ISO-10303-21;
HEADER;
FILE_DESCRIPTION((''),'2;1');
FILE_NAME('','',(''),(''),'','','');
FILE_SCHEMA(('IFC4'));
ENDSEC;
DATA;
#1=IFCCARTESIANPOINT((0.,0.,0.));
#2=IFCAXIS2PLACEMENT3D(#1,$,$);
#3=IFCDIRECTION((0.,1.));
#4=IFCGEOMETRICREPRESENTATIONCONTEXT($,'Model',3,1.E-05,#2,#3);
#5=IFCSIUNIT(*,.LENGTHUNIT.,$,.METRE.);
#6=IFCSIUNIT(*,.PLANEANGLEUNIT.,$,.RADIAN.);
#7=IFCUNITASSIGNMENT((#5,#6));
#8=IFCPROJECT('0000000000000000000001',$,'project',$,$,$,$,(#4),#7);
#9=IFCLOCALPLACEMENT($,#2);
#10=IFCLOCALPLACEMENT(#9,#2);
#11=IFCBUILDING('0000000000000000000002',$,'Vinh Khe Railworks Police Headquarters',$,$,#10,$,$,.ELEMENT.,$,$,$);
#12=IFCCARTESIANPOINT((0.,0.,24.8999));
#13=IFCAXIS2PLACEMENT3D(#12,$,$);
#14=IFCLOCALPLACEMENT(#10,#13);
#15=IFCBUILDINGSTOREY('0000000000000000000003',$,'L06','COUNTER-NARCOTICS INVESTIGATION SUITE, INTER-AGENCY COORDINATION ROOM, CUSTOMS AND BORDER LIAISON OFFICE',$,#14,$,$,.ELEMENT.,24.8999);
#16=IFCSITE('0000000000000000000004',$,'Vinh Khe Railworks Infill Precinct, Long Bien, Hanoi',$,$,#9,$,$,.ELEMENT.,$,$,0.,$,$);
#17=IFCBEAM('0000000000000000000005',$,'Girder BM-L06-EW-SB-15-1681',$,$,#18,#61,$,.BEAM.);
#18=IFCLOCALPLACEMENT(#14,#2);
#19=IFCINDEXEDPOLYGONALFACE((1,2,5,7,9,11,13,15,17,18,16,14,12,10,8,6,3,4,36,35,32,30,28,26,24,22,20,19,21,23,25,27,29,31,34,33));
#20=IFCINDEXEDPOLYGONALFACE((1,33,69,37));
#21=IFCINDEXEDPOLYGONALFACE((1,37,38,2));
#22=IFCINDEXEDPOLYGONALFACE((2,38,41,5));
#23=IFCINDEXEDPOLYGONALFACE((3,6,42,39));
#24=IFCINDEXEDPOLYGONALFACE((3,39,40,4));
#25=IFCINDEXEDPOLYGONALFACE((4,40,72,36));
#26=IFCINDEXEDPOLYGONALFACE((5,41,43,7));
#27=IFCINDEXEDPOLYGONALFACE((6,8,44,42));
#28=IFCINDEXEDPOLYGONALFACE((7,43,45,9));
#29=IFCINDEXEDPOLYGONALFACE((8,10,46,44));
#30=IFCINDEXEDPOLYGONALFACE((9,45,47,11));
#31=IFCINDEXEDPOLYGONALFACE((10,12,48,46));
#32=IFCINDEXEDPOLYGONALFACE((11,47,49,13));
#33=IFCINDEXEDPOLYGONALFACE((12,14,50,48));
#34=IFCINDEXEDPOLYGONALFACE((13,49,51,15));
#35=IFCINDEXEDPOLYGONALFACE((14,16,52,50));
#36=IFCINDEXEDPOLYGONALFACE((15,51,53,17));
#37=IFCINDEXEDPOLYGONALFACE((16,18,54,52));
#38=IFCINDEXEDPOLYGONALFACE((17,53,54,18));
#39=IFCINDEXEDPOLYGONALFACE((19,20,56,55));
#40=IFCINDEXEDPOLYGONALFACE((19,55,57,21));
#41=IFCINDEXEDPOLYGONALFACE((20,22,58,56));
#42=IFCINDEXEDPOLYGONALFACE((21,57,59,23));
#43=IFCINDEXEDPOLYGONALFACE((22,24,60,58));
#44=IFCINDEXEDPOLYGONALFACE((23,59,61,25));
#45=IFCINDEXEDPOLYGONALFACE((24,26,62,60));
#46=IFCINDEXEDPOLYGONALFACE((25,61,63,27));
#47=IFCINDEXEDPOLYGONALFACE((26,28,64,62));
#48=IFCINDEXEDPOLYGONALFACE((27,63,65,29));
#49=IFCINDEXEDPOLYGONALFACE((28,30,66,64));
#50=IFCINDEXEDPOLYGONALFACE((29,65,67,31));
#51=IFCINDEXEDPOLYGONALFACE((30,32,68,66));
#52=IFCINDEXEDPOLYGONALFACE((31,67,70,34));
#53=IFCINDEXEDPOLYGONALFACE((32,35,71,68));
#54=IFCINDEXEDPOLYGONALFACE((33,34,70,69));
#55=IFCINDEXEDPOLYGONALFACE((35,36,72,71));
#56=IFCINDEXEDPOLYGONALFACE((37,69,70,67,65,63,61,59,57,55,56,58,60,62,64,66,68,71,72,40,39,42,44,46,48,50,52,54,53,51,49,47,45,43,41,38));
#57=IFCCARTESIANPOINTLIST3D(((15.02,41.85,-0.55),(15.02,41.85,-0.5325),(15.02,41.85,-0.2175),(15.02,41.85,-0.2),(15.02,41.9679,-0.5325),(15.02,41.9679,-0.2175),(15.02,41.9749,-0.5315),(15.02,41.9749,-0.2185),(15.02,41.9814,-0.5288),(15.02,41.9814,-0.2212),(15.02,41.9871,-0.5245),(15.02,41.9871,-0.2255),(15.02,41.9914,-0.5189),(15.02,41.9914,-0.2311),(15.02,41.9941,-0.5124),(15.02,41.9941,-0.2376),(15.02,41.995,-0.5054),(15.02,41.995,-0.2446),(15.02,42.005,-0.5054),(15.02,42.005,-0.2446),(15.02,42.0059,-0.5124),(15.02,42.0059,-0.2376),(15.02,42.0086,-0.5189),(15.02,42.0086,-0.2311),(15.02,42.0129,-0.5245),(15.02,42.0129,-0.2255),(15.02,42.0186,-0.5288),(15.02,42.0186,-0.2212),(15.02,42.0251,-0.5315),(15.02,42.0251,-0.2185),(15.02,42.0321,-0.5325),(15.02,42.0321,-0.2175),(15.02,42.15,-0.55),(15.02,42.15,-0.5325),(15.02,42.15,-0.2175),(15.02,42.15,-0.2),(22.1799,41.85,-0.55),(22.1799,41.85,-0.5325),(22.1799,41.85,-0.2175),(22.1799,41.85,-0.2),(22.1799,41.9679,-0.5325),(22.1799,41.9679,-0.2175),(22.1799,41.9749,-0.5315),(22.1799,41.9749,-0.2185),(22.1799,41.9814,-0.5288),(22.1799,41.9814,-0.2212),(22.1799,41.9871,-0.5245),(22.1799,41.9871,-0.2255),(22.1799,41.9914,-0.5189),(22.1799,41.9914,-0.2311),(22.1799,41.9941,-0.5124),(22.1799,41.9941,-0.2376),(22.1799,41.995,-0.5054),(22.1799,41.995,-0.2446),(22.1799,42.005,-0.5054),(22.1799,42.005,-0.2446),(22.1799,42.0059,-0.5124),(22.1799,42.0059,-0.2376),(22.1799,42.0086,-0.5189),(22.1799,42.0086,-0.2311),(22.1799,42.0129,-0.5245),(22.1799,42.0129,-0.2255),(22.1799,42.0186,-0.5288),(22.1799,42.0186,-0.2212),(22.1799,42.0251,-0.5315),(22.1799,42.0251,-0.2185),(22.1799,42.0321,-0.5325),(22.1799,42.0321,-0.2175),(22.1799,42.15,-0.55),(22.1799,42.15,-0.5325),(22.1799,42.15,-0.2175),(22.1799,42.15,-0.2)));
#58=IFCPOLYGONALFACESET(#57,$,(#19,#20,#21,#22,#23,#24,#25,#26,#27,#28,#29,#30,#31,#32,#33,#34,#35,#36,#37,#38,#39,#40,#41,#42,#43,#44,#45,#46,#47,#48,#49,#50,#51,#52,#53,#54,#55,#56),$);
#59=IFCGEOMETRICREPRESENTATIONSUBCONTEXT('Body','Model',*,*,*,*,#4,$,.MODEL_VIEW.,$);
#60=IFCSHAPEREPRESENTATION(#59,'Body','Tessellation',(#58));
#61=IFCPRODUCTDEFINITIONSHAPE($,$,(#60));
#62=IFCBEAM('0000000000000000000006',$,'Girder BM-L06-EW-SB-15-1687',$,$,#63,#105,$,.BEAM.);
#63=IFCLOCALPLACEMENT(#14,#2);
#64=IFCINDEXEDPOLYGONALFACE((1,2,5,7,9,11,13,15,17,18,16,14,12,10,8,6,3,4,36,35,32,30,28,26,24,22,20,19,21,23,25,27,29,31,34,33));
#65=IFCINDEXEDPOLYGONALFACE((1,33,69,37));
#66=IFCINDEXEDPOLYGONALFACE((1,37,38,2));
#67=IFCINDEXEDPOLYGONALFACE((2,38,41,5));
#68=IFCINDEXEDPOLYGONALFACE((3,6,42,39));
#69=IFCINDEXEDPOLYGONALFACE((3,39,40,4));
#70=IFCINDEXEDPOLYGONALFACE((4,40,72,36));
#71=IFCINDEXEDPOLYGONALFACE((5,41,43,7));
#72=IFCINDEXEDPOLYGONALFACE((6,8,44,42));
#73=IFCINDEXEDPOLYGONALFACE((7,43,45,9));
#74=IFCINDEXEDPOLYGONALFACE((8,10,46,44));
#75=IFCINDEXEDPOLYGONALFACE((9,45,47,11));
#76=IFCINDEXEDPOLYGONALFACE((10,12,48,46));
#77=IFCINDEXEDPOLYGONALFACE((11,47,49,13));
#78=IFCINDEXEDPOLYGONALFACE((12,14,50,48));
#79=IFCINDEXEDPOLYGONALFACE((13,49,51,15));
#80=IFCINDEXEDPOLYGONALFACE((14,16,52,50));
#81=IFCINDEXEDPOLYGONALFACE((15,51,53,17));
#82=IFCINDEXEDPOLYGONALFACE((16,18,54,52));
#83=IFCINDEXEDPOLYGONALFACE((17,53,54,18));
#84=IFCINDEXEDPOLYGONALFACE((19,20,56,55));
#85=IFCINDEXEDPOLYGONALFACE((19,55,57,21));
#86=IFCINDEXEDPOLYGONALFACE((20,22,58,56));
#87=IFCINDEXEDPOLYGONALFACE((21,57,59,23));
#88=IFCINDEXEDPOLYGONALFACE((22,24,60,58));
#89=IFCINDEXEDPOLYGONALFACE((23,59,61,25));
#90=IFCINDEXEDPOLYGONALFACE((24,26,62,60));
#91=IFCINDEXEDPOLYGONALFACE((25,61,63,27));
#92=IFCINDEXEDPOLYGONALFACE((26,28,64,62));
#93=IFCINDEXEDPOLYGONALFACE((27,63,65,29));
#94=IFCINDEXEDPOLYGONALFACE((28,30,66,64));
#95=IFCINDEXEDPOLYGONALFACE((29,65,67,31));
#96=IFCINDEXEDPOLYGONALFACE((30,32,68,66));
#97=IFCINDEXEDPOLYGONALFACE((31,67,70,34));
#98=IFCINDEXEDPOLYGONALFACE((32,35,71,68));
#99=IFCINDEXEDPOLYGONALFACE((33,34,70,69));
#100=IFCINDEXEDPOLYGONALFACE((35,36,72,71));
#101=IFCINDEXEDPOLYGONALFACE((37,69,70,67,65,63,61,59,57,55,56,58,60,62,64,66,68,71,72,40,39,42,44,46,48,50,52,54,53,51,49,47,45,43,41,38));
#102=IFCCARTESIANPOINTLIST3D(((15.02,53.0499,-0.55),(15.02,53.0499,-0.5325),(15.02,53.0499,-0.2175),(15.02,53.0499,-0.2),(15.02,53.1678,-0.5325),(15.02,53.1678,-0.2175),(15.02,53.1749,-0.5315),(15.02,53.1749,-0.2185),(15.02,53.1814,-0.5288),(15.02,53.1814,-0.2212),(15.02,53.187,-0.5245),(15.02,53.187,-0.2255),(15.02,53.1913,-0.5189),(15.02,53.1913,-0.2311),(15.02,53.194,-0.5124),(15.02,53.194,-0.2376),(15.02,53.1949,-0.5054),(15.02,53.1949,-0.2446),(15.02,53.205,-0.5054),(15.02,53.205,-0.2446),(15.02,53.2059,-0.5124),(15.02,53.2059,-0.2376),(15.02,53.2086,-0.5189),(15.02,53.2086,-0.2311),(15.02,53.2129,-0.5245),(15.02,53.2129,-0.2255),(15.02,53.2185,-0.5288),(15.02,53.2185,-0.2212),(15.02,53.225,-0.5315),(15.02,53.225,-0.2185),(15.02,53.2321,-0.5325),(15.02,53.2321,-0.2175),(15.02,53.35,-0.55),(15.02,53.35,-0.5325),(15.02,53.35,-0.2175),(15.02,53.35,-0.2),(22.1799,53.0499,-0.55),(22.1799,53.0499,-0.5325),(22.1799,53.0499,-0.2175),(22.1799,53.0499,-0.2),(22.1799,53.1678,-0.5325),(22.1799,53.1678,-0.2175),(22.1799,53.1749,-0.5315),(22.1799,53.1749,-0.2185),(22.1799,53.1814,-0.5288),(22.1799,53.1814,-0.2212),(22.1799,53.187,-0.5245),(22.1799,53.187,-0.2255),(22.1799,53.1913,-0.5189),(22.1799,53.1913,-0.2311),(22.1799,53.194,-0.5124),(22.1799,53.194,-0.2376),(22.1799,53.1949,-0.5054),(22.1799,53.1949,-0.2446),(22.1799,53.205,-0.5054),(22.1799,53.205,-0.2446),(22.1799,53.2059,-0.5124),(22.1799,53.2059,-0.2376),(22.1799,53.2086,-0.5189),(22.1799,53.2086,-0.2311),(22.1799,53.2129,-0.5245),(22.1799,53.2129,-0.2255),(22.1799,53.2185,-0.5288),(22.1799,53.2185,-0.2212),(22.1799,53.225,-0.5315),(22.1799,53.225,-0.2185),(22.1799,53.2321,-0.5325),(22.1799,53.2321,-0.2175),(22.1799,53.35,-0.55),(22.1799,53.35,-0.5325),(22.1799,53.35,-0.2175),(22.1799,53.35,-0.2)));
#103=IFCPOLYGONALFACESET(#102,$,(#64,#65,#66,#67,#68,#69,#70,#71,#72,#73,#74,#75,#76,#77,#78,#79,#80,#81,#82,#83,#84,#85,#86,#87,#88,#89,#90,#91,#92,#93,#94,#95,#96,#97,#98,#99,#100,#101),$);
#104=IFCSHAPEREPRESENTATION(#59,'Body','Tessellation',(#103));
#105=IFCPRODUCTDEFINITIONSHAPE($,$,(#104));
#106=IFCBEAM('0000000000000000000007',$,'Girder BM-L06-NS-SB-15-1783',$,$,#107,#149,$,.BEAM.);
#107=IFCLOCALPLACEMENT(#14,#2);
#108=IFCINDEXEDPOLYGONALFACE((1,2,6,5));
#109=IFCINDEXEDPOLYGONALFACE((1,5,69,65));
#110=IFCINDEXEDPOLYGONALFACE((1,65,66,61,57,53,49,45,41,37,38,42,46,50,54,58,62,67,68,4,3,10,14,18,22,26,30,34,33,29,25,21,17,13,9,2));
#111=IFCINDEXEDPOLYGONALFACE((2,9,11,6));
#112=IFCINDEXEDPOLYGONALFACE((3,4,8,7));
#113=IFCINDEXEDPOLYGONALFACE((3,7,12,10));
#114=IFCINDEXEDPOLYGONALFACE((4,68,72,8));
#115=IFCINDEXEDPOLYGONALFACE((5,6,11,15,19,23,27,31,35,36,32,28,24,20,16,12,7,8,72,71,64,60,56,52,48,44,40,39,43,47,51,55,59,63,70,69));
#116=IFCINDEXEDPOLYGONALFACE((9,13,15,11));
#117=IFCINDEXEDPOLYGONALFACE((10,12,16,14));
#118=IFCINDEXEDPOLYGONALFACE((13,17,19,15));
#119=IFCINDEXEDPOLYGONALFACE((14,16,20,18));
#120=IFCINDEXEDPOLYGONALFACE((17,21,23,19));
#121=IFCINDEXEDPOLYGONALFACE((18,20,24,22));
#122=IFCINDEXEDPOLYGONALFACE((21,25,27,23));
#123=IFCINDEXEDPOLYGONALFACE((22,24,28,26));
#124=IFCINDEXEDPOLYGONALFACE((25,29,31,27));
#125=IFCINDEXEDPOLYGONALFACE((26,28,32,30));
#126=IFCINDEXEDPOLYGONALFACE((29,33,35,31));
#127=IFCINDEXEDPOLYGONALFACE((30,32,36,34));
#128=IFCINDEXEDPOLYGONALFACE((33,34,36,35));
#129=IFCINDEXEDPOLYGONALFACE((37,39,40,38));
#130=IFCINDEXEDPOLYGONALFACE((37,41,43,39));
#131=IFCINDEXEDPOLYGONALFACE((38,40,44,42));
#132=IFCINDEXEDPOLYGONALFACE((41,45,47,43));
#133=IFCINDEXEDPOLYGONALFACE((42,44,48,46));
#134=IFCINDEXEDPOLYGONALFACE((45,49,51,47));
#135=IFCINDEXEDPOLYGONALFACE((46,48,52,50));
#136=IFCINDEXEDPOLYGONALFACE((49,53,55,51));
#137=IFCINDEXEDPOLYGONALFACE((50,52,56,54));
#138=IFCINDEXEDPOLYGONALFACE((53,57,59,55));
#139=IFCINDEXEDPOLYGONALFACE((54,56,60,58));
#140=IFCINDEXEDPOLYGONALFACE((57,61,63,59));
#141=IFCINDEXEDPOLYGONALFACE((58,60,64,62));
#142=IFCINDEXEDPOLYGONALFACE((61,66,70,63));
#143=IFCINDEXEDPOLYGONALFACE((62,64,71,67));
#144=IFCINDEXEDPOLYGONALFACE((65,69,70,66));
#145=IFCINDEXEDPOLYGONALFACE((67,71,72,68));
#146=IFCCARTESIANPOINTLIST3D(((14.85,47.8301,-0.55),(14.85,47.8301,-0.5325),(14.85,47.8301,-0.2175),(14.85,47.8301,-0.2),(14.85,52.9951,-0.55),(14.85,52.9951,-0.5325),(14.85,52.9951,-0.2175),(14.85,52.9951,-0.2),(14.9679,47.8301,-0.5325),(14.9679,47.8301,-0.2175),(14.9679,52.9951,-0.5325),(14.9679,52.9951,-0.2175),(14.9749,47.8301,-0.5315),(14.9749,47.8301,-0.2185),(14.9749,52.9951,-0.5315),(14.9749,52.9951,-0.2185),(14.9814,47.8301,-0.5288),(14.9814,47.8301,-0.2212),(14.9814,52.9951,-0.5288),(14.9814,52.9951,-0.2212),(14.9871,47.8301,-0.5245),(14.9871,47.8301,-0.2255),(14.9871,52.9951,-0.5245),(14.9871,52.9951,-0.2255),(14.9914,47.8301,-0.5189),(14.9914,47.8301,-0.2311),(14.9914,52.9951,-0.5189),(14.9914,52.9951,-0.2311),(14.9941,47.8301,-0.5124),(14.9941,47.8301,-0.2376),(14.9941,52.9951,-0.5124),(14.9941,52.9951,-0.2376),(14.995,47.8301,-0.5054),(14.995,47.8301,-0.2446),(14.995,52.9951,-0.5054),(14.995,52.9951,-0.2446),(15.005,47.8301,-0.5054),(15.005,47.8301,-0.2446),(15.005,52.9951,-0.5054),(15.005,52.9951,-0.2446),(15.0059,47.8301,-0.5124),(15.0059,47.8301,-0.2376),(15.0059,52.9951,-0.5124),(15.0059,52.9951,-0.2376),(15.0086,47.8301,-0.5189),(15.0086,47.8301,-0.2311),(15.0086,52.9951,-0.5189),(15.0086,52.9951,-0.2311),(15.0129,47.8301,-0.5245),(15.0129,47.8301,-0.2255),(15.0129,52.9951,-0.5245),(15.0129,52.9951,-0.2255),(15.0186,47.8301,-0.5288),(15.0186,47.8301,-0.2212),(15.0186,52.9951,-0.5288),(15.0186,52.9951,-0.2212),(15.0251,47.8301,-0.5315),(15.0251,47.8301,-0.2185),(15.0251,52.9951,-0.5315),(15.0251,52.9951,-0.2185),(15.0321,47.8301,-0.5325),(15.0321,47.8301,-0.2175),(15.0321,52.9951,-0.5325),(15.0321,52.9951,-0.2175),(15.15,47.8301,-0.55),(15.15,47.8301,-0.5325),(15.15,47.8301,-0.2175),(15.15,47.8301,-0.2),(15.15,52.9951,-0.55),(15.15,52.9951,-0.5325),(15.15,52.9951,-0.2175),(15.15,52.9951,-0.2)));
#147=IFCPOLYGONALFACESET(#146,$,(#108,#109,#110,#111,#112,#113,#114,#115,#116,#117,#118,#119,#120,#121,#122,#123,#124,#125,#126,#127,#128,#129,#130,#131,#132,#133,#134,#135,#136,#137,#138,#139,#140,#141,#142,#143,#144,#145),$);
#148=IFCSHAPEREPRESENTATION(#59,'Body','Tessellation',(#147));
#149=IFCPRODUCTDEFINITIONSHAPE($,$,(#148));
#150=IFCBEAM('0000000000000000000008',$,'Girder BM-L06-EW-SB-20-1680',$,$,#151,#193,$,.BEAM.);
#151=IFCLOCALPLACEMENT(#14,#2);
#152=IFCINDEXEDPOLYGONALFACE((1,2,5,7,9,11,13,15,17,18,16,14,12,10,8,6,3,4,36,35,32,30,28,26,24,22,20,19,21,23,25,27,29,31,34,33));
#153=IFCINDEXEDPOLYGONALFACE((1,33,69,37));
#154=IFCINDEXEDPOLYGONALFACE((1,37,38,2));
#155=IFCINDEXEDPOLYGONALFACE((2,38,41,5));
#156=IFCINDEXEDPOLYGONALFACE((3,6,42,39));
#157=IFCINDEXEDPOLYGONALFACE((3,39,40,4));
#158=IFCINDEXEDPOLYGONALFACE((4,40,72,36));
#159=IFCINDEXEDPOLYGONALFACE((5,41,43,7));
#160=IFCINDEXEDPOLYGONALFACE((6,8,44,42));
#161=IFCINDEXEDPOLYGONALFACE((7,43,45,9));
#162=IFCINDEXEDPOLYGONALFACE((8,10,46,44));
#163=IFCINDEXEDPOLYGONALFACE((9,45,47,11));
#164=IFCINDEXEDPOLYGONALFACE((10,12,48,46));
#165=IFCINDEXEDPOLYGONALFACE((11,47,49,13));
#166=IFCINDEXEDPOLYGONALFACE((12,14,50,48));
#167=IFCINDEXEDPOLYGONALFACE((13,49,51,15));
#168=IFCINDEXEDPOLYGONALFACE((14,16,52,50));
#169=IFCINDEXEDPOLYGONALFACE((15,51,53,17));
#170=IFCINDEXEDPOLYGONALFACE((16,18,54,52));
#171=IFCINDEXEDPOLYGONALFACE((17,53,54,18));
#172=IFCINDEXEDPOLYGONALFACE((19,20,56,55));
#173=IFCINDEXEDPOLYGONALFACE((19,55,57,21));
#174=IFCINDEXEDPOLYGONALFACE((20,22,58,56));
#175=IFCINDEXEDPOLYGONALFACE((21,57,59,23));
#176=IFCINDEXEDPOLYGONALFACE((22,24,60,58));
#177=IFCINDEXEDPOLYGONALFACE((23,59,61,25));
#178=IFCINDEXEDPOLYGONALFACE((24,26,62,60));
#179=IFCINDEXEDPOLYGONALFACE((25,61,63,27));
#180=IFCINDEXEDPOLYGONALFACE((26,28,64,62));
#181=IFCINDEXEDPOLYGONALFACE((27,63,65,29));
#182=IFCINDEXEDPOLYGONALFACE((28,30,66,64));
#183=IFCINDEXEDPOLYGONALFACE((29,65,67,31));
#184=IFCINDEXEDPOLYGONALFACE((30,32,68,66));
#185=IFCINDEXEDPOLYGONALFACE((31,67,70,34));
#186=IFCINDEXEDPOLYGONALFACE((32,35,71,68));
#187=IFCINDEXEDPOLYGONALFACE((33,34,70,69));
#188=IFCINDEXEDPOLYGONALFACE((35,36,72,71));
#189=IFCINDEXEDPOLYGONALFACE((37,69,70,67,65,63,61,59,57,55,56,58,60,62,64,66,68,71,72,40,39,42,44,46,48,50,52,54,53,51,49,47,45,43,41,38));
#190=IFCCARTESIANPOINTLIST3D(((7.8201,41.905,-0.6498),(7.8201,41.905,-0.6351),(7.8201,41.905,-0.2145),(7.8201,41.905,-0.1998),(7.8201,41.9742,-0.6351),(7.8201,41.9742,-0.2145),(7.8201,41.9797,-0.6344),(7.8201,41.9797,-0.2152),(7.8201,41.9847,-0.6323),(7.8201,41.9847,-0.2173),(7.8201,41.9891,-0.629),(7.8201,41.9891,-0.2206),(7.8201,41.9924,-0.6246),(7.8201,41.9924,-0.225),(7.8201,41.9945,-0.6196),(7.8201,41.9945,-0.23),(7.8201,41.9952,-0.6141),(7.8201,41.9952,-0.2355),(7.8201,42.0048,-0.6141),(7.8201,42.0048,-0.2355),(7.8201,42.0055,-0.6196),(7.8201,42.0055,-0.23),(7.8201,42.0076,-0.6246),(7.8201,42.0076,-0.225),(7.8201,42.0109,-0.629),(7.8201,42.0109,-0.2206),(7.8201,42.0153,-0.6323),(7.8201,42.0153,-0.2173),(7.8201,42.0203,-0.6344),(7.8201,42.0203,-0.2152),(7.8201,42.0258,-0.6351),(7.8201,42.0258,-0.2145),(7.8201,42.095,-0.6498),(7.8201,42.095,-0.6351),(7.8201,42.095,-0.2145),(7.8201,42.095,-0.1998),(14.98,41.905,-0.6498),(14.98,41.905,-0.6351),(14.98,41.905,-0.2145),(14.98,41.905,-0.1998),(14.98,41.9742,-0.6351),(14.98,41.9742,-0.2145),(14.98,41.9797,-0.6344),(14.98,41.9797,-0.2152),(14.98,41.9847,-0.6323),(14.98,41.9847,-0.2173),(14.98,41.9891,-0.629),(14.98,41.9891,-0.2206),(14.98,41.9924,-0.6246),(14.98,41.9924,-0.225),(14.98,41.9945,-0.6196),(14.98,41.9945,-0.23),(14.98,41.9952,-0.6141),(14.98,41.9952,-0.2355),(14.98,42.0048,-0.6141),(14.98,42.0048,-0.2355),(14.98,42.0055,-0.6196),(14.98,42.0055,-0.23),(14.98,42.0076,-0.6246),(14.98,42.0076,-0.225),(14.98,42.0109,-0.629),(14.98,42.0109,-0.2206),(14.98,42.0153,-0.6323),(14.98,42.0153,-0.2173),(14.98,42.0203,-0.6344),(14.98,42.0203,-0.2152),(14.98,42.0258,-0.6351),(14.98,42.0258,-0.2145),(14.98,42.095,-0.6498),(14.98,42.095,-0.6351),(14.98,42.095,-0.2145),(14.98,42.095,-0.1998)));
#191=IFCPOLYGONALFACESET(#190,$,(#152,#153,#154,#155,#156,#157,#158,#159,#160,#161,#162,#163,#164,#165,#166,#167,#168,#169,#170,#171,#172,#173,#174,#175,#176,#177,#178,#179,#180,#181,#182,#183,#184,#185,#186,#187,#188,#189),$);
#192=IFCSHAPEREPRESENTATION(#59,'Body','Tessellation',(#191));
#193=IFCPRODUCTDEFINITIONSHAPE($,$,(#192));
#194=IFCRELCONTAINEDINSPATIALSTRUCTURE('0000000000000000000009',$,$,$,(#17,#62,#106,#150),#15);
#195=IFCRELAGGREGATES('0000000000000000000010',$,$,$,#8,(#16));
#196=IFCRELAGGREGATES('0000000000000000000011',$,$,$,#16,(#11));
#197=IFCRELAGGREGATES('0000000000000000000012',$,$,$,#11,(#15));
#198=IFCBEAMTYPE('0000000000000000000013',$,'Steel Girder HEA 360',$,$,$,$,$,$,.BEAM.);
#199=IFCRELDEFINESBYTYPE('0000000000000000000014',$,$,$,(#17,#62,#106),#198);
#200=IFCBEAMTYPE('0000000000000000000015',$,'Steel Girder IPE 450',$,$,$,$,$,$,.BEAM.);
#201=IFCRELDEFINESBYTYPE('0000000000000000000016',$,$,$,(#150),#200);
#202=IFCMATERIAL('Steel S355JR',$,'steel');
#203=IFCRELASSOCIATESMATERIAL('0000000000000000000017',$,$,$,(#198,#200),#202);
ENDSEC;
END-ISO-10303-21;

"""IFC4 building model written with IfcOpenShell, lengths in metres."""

from ifc_helpers import new_model, si_unit, direction, frame, origin, origin_2d, place, context, subcontext, project, spatial, i_section, extrude, material, material_profile, profile_set, type_object, element, save


model = new_model("IFC4")

# Units and contexts
model_context = context("Model", 3, precision=1e-05, world=origin(), true_north=direction((0.0, 1.0)))
body_context = subcontext(model_context, "Body", "Model", "MODEL_VIEW")
ifc_project = project(units=[si_unit("LENGTHUNIT", "METRE"), si_unit("PLANEANGLEUNIT", "RADIAN")], contexts=[model_context])

# Site, building, storey
site_placement = place(None, origin())
site = spatial("IfcSite", under=ifc_project, at=site_placement, Name="Vinh Khe Railworks Infill Precinct, Long Bien, Hanoi", CompositionType="ELEMENT", RefElevation=0.0)
building_placement = place(site_placement, origin())
building = spatial("IfcBuilding", under=site, at=building_placement, Name="Vinh Khe Railworks Police Headquarters", CompositionType="ELEMENT")
storey_placement = place(building_placement, frame((0.0, 0.0, 24.8999)))
storey = spatial("IfcBuildingStorey", under=building, at=storey_placement, Name="L06", Description="COUNTER-NARCOTICS INVESTIGATION SUITE, INTER-AGENCY COORDINATION ROOM, CUSTOMS AND BORDER LIAISON OFFICE", CompositionType="ELEMENT", Elevation=24.8999)

# Shared definitions
ifc_material_1 = material(Name="Steel S355JR", Category="steel")

# Beams
ifc_material_profile_1 = material_profile(ifc_material_1, i_section(OverallWidth=0.3, OverallDepth=0.3501, WebThickness=0.01, FlangeThickness=0.0176, FilletRadius=0.0271, at=origin_2d()), Name="HEA 360")
ifc_profile_set_1 = profile_set([ifc_material_profile_1], Name="Steel S355JR")
beam_type_1 = type_object("IfcBeamType", Name="Steel Girder HEA 360", PredefinedType="BEAM", material=ifc_profile_set_1)
for number, where, z_axis, x_axis, name in (
    (1, (15.02, 42.0, -0.375), (1.0, 0.0, 0.0), (0.0, 1.0, 0.0), "Girder BM-L06-EW-SB-15-1681"),
    (2, (15.02, 53.2, -0.375), (1.0, 0.0, 0.0), (0.0, 1.0, 0.0), "Girder BM-L06-EW-SB-15-1687"),
):
    element("IfcBeam", number, at=place(storey_placement, frame(where, z_axis=z_axis, x_axis=x_axis)), inside=storey, type_object=beam_type_1, Name=name, PredefinedType="BEAM", context=body_context, shape_type="SweptSolid", body=[
        extrude(i_section(OverallWidth=0.3, OverallDepth=0.3501, WebThickness=0.01, FlangeThickness=0.0176, FilletRadius=0.0271, at=origin_2d()), origin(), (0.0, 0.0, 1.0), 7.1599),
    ])
beam_1_placement = place(storey_placement, frame((15.0, 47.8301, -0.375), z_axis=(0.0, 1.0, 0.0), x_axis=(-1.0, 0.0, 0.0)))
element("IfcBeam", 3, at=beam_1_placement, inside=storey, type_object=beam_type_1, Name="Girder BM-L06-NS-SB-15-1783", PredefinedType="BEAM", context=body_context, shape_type="SweptSolid", body=[
    extrude(i_section(OverallWidth=0.3, OverallDepth=0.3501, WebThickness=0.01, FlangeThickness=0.0176, FilletRadius=0.0271, at=origin_2d()), origin(), (0.0, 0.0, 1.0), 5.165),
])
ifc_material_profile_2 = material_profile(ifc_material_1, i_section(OverallWidth=0.1899, OverallDepth=0.45, WebThickness=0.0095, FlangeThickness=0.0146, FilletRadius=0.021, at=origin_2d()), Name="IPE 450")
ifc_profile_set_2 = profile_set([ifc_material_profile_2], Name="Steel S355JR")
beam_type_2 = type_object("IfcBeamType", Name="Steel Girder IPE 450", PredefinedType="BEAM", material=ifc_profile_set_2)
for number, where, z_axis, x_axis, name in (
    (4, (7.8201, 42.0, -0.4248), (1.0, 0.0, 0.0), (0.0, 1.0, 0.0), "Girder BM-L06-EW-SB-20-1680"),
):
    element("IfcBeam", number, at=place(storey_placement, frame(where, z_axis=z_axis, x_axis=x_axis)), inside=storey, type_object=beam_type_2, Name=name, PredefinedType="BEAM", context=body_context, shape_type="SweptSolid", body=[
        extrude(i_section(OverallWidth=0.1899, OverallDepth=0.45, WebThickness=0.0095, FlangeThickness=0.0146, FilletRadius=0.021, at=origin_2d()), origin(), (0.0, 0.0, 1.0), 7.1599),
    ])

save(model, "model.ifc")
